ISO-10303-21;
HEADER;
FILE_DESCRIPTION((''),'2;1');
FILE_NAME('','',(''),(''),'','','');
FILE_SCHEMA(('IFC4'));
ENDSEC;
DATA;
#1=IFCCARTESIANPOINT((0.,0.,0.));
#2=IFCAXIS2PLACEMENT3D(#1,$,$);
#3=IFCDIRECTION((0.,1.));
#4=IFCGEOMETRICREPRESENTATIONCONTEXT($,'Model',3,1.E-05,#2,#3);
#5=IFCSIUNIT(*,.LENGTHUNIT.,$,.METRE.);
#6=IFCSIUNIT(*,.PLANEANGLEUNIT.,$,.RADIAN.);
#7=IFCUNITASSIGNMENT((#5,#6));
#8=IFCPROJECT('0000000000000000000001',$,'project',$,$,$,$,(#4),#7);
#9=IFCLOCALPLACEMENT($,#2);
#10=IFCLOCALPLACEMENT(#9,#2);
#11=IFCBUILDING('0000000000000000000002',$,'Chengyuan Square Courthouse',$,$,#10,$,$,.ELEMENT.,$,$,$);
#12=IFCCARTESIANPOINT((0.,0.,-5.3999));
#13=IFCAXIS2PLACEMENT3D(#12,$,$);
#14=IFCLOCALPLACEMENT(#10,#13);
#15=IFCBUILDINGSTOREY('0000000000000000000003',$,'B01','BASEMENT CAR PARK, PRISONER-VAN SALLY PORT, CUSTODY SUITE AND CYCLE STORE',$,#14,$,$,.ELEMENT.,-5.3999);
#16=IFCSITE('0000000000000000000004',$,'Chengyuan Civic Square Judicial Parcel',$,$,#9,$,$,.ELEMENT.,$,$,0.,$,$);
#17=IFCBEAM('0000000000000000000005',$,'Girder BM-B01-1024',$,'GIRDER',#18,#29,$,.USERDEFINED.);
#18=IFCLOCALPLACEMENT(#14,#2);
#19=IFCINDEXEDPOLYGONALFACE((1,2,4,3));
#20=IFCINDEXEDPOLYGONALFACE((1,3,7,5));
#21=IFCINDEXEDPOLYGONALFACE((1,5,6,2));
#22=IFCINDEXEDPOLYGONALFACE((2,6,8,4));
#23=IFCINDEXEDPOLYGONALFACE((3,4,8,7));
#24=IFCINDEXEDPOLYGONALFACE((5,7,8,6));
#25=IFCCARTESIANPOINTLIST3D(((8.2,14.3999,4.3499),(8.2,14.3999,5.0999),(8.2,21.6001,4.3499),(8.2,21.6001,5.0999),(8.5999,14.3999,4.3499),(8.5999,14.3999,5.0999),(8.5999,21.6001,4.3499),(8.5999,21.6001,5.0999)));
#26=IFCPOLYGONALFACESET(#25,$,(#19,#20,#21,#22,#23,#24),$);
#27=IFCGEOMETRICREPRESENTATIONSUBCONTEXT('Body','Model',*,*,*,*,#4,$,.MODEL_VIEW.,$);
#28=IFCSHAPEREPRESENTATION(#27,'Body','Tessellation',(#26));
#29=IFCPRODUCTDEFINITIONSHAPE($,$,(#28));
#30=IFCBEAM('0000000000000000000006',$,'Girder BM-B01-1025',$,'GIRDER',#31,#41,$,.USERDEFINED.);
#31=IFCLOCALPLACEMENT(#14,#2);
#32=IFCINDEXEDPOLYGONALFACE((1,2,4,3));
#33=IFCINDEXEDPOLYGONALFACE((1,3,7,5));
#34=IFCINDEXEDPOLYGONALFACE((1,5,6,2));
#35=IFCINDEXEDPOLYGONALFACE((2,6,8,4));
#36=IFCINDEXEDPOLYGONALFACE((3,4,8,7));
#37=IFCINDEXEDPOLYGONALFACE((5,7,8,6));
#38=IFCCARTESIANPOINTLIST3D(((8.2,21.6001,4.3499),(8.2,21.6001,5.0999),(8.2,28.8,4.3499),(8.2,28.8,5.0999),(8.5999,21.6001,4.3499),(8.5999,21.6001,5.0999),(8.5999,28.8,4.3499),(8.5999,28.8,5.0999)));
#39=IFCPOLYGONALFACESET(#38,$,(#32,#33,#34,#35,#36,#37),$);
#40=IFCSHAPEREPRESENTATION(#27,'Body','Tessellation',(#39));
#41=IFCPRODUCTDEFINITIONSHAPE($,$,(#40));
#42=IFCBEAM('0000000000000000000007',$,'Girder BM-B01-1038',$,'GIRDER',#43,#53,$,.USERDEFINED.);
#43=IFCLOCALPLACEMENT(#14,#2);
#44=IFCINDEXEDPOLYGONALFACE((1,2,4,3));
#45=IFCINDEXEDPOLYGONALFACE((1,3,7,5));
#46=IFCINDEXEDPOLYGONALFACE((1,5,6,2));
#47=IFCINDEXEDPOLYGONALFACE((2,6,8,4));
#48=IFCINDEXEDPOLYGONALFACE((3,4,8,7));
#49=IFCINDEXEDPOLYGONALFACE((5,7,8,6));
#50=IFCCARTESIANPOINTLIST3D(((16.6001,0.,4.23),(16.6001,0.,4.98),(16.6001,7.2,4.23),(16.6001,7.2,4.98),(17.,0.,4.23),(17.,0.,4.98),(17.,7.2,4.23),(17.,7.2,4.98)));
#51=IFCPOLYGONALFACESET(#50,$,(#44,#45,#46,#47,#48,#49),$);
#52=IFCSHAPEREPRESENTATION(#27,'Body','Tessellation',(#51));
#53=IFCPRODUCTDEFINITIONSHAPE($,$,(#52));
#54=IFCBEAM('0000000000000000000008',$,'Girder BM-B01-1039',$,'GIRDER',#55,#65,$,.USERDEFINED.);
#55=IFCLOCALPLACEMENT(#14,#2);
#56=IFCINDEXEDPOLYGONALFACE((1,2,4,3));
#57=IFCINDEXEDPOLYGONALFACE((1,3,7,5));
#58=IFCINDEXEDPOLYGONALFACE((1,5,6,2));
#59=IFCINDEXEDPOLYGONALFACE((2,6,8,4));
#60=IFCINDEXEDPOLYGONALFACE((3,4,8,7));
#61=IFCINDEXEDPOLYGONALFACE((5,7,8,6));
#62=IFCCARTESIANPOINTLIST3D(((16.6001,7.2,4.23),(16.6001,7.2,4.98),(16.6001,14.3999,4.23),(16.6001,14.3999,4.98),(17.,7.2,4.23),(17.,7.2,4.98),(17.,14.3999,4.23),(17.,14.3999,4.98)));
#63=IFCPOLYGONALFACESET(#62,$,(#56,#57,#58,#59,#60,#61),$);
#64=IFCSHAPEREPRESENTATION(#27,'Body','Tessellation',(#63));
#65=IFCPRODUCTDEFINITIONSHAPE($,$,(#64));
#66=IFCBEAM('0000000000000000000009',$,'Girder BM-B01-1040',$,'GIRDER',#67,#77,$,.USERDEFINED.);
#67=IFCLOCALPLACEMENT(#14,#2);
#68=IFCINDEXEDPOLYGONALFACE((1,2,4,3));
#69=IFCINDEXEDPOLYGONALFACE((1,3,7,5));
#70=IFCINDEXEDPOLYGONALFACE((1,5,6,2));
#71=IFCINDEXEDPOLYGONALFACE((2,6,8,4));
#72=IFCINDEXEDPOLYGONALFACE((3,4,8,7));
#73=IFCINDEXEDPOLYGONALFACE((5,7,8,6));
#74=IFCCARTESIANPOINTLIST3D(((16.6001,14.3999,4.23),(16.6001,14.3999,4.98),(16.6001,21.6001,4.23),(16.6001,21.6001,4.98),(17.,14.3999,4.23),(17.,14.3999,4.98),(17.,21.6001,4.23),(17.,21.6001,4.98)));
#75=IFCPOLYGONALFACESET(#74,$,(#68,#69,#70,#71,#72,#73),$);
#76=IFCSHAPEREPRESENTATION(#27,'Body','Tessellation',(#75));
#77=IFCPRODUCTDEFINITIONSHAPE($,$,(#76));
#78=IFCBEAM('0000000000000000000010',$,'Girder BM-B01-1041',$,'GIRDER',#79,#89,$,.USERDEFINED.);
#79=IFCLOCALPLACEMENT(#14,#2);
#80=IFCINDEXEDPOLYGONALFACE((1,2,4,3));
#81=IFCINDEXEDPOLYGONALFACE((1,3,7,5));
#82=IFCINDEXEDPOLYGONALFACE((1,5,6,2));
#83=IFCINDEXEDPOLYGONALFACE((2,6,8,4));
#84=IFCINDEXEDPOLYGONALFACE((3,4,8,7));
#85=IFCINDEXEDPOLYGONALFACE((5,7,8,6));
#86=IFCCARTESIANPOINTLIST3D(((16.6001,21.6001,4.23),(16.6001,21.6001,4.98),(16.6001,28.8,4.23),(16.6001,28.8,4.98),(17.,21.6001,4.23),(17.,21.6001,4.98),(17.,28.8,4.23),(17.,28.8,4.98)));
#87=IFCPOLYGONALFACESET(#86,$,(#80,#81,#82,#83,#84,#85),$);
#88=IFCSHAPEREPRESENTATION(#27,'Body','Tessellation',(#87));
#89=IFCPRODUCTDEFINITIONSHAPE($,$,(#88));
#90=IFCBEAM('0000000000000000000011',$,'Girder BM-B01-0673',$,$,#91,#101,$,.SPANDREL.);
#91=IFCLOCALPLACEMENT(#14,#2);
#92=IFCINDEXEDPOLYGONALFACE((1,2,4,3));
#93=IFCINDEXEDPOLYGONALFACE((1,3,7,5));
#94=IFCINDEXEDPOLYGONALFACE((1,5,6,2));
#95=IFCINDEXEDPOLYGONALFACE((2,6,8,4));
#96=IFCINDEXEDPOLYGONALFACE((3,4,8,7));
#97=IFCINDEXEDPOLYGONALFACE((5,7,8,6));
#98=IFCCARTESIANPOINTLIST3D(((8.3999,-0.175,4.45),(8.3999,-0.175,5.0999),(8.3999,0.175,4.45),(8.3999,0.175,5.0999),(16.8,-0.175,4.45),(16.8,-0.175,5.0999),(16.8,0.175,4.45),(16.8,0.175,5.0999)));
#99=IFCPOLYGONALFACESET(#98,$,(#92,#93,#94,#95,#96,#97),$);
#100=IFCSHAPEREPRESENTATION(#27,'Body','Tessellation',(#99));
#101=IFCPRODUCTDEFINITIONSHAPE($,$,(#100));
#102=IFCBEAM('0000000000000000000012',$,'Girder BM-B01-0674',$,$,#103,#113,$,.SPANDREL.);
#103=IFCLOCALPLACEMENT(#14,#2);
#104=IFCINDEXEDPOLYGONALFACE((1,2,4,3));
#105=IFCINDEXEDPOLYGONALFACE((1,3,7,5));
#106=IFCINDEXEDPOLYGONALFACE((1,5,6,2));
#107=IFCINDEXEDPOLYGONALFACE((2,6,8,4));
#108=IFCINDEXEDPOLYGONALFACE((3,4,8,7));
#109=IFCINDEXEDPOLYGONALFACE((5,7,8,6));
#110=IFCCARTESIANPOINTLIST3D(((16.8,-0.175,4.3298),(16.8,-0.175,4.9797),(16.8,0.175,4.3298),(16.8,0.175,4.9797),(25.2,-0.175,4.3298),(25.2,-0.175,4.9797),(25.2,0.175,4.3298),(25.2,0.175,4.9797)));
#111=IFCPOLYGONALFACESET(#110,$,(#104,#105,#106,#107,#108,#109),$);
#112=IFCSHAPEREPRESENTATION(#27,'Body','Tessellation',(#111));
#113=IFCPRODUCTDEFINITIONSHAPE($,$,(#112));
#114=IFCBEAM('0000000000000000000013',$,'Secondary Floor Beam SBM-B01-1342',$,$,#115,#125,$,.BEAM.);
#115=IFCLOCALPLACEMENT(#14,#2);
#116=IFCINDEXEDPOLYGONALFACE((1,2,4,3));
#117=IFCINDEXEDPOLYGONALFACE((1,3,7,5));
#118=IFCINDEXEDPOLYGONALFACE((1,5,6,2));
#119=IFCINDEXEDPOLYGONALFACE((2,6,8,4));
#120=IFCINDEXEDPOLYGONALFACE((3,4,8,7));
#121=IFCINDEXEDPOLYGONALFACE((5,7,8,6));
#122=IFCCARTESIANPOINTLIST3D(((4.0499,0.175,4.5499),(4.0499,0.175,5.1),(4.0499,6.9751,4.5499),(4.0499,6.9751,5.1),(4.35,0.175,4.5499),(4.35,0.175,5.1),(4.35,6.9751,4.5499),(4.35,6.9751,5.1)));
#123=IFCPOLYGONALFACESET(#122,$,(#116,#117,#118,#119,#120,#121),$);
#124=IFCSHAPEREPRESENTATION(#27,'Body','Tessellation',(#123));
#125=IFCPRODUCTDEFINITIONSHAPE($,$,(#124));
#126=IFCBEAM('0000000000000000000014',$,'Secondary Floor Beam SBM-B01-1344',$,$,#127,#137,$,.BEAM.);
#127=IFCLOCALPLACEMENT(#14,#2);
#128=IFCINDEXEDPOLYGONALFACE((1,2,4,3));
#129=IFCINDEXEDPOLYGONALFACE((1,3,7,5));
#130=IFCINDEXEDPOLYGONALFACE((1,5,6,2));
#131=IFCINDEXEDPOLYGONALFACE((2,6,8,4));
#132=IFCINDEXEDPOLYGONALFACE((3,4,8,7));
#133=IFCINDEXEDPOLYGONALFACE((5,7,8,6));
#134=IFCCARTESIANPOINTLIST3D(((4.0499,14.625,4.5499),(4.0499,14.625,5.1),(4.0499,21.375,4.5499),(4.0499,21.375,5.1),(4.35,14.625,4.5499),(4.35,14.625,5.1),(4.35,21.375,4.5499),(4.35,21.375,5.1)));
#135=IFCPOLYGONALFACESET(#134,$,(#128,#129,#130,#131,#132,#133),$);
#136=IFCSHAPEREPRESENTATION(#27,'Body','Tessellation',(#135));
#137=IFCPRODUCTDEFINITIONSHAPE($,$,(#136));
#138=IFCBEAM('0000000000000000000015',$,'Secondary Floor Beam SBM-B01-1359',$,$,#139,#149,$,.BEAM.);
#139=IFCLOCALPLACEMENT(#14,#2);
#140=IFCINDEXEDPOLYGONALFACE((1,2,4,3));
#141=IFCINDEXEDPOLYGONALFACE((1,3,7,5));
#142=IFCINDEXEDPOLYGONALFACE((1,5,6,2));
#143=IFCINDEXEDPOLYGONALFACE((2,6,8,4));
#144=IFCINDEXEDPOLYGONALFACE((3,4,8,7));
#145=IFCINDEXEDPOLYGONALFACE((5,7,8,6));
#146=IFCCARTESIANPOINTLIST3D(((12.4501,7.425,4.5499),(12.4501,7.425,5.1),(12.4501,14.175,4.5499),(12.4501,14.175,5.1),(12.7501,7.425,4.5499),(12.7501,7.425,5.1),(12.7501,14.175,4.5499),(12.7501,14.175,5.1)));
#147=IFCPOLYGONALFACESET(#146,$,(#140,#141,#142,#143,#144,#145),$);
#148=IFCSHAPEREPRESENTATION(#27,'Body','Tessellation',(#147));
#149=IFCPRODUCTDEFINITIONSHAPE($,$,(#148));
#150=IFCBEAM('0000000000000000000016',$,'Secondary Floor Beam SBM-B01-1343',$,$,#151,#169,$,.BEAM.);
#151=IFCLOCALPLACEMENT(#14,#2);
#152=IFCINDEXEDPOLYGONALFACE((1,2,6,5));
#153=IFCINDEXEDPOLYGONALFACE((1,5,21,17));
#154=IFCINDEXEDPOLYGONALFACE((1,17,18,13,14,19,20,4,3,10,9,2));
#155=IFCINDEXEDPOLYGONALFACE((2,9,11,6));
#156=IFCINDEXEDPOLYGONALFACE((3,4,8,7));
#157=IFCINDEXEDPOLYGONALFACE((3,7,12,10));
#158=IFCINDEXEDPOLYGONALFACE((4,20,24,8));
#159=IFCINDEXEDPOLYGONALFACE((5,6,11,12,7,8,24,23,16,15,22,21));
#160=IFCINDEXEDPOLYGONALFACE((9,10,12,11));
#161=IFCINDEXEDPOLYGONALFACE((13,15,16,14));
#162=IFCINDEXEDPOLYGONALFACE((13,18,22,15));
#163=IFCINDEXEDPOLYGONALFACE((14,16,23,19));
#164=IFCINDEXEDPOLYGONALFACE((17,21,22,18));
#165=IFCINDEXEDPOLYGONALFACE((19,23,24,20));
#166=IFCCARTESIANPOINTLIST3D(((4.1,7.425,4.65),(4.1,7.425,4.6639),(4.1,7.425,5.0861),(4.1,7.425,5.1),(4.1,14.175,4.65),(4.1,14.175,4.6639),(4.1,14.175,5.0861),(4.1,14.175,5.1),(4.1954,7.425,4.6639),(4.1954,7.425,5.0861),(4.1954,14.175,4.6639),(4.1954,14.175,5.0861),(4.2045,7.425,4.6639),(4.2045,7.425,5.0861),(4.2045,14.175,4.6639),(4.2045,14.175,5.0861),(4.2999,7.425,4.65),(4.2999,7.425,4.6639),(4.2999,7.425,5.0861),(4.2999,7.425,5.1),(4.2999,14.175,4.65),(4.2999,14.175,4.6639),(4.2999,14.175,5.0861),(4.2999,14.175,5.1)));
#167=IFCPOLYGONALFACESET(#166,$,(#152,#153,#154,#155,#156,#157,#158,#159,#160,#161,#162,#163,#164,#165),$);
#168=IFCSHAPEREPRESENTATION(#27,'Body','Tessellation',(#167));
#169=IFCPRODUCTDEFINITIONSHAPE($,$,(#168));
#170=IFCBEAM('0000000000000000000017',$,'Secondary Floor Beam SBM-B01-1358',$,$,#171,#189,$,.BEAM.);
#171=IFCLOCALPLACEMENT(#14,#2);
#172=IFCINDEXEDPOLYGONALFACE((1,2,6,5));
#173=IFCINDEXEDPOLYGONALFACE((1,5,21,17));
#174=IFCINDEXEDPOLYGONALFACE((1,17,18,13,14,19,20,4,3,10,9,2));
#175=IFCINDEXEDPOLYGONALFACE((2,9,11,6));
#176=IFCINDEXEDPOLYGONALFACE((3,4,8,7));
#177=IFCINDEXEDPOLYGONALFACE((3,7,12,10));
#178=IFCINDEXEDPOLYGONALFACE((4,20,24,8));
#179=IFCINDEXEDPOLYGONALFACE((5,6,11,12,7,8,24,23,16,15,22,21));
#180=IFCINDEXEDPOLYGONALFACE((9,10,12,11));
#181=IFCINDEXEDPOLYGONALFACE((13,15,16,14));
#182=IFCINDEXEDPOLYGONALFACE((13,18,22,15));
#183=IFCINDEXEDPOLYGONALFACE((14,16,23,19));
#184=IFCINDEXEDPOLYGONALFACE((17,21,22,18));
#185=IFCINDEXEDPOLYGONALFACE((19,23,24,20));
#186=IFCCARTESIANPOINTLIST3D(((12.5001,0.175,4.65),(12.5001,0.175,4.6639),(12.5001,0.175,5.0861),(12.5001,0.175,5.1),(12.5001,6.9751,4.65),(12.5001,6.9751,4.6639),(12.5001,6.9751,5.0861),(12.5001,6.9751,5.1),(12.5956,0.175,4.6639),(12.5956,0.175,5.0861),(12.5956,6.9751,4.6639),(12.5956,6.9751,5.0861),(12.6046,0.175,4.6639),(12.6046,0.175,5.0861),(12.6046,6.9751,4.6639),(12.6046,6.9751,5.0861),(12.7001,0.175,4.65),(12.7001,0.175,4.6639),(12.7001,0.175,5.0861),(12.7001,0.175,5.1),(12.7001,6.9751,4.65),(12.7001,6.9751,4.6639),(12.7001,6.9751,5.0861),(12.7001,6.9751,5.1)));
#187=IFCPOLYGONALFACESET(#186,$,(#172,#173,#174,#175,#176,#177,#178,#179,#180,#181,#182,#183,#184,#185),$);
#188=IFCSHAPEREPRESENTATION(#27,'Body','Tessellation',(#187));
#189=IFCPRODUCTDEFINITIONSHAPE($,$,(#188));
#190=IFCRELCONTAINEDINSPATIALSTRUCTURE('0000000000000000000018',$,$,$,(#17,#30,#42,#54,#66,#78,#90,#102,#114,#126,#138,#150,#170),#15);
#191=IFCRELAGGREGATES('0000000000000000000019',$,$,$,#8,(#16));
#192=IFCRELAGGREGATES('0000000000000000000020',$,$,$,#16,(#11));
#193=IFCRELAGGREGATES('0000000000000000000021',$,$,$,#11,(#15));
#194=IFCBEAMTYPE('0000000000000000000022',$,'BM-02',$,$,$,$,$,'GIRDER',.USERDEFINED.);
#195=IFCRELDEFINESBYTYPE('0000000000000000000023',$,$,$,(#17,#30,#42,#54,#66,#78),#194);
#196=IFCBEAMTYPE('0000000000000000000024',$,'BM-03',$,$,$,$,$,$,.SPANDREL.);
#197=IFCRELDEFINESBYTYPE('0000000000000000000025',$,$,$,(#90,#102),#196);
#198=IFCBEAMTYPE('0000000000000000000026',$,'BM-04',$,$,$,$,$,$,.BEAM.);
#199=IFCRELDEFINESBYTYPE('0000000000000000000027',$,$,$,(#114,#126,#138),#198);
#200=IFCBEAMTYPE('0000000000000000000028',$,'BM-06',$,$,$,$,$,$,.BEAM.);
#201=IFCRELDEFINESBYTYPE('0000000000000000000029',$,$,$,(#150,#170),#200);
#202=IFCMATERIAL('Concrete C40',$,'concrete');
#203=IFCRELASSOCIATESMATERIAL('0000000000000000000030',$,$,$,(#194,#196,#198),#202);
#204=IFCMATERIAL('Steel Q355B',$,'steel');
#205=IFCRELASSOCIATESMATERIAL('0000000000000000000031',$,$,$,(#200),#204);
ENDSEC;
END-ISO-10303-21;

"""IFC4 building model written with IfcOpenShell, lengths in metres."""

from ifc_helpers import new_model, si_unit, direction, frame, origin, origin_2d, place, context, subcontext, project, spatial, rectangle, i_section, extrude, material, material_profile, profile_set, type_object, element, save


model = new_model("IFC4")

# Units and contexts
model_context = context("Model", 3, precision=1e-05, world=origin(), true_north=direction((0.0, 1.0)))
body_context = subcontext(model_context, "Body", "Model", "MODEL_VIEW")
ifc_project = project(units=[si_unit("LENGTHUNIT", "METRE"), si_unit("PLANEANGLEUNIT", "RADIAN")], contexts=[model_context])

# Site, building, storey
site_placement = place(None, origin())
site = spatial("IfcSite", under=ifc_project, at=site_placement, Name="Chengyuan Civic Square Judicial Parcel", CompositionType="ELEMENT", RefElevation=0.0)
building_placement = place(site_placement, origin())
building = spatial("IfcBuilding", under=site, at=building_placement, Name="Chengyuan Square Courthouse", CompositionType="ELEMENT")
storey_placement = place(building_placement, frame((0.0, 0.0, -5.3999)))
storey = spatial("IfcBuildingStorey", under=building, at=storey_placement, Name="B01", Description="BASEMENT CAR PARK, PRISONER-VAN SALLY PORT, CUSTODY SUITE AND CYCLE STORE", CompositionType="ELEMENT", Elevation=-5.3999)

# Beams
ifc_material_1 = material(Name="Concrete C40", Category="concrete")
ifc_material_profile_1 = material_profile(ifc_material_1, rectangle(XDim=0.3999, YDim=0.75, at=origin_2d()), Name="RC-BM-400x750")
ifc_profile_set_1 = profile_set([ifc_material_profile_1], Name="Concrete C40")
beam_type_1 = type_object("IfcBeamType", Name="BM-02", ElementType="GIRDER", PredefinedType="USERDEFINED", material=ifc_profile_set_1)
beam_1_placement = place(storey_placement, frame((8.3999, 14.3999, 4.7249), z_axis=(0.0, 1.0, 0.0), x_axis=(-1.0, 0.0, 0.0)))
element("IfcBeam", 1, at=beam_1_placement, inside=storey, type_object=beam_type_1, Name="Girder BM-B01-1024", ObjectType="GIRDER", PredefinedType="USERDEFINED", context=body_context, shape_type="SweptSolid", body=[
    extrude(rectangle(XDim=0.3999, YDim=0.75, at=origin_2d()), origin(), (0.0, 0.0, 1.0), 7.2002),
])
for number, where, z_axis, x_axis, name in (
    (2, (8.3999, 21.6001, 4.7249), (0.0, 1.0, 0.0), (-1.0, 0.0, 0.0), "Girder BM-B01-1025"),
    (3, (16.8, 0.0, 4.605), (0.0, 1.0, 0.0), (-1.0, 0.0, 0.0), "Girder BM-B01-1038"),
    (4, (16.8, 7.2, 4.605), (0.0, 1.0, 0.0), (-1.0, 0.0, 0.0), "Girder BM-B01-1039"),
):
    element("IfcBeam", number, at=place(storey_placement, frame(where, z_axis=z_axis, x_axis=x_axis)), inside=storey, type_object=beam_type_1, Name=name, ObjectType="GIRDER", PredefinedType="USERDEFINED", context=body_context, shape_type="SweptSolid", body=[
        extrude(rectangle(XDim=0.3999, YDim=0.75, at=origin_2d()), origin(), (0.0, 0.0, 1.0), 7.2),
    ])
beam_2_placement = place(storey_placement, frame((16.8, 14.3999, 4.605), z_axis=(0.0, 1.0, 0.0), x_axis=(-1.0, 0.0, 0.0)))
element("IfcBeam", 5, at=beam_2_placement, inside=storey, type_object=beam_type_1, Name="Girder BM-B01-1040", ObjectType="GIRDER", PredefinedType="USERDEFINED", context=body_context, shape_type="SweptSolid", body=[
    extrude(rectangle(XDim=0.3999, YDim=0.75, at=origin_2d()), origin(), (0.0, 0.0, 1.0), 7.2002),
])
beam_3_placement = place(storey_placement, frame((16.8, 21.6001, 4.605), z_axis=(0.0, 1.0, 0.0), x_axis=(-1.0, 0.0, 0.0)))
element("IfcBeam", 6, at=beam_3_placement, inside=storey, type_object=beam_type_1, Name="Girder BM-B01-1041", ObjectType="GIRDER", PredefinedType="USERDEFINED", context=body_context, shape_type="SweptSolid", body=[
    extrude(rectangle(XDim=0.3999, YDim=0.75, at=origin_2d()), origin(), (0.0, 0.0, 1.0), 7.2),
])
ifc_material_profile_2 = material_profile(ifc_material_1, rectangle(XDim=0.3501, YDim=0.6499, at=origin_2d()), Name="RC-BM-350x650")
ifc_profile_set_2 = profile_set([ifc_material_profile_2], Name="Concrete C40")
beam_type_2 = type_object("IfcBeamType", Name="BM-03", PredefinedType="SPANDREL", material=ifc_profile_set_2)
beam_4_placement = place(storey_placement, frame((8.3999, 0.0, 4.7749), z_axis=(1.0, 0.0, 0.0), x_axis=(0.0, 1.0, 0.0)))
element("IfcBeam", 7, at=beam_4_placement, inside=storey, type_object=beam_type_2, Name="Girder BM-B01-0673", PredefinedType="SPANDREL", context=body_context, shape_type="SweptSolid", body=[
    extrude(rectangle(XDim=0.3501, YDim=0.6499, at=origin_2d()), origin(), (0.0, 0.0, 1.0), 8.4001),
])
beam_5_placement = place(storey_placement, frame((16.8, 0.0, 4.6548), z_axis=(1.0, 0.0, 0.0), x_axis=(0.0, 1.0, 0.0)))
element("IfcBeam", 8, at=beam_5_placement, inside=storey, type_object=beam_type_2, Name="Girder BM-B01-0674", PredefinedType="SPANDREL", context=body_context, shape_type="SweptSolid", body=[
    extrude(rectangle(XDim=0.3501, YDim=0.6499, at=origin_2d()), origin(), (0.0, 0.0, 1.0), 8.3999),
])
ifc_material_profile_3 = material_profile(ifc_material_1, rectangle(XDim=0.3, YDim=0.55, at=origin_2d()), Name="RC-BM-300x550")
ifc_profile_set_3 = profile_set([ifc_material_profile_3], Name="Concrete C40")
beam_type_3 = type_object("IfcBeamType", Name="BM-04", PredefinedType="BEAM", material=ifc_profile_set_3)
beam_6_placement = place(storey_placement, frame((4.2, 0.175, 4.825), z_axis=(0.0, 1.0, 0.0), x_axis=(-1.0, 0.0, 0.0)))
element("IfcBeam", 9, at=beam_6_placement, inside=storey, type_object=beam_type_3, Name="Secondary Floor Beam SBM-B01-1342", PredefinedType="BEAM", context=body_context, shape_type="SweptSolid", body=[
    extrude(rectangle(XDim=0.3, YDim=0.55, at=origin_2d()), origin(), (0.0, 0.0, 1.0), 6.8),
])
for number, where, z_axis, x_axis, name in (
    (10, (4.2, 14.625, 4.825), (0.0, 1.0, 0.0), (-1.0, 0.0, 0.0), "Secondary Floor Beam SBM-B01-1344"),
    (11, (12.6001, 7.425, 4.825), (0.0, 1.0, 0.0), (-1.0, 0.0, 0.0), "Secondary Floor Beam SBM-B01-1359"),
):
    element("IfcBeam", number, at=place(storey_placement, frame(where, z_axis=z_axis, x_axis=x_axis)), inside=storey, type_object=beam_type_3, Name=name, PredefinedType="BEAM", context=body_context, shape_type="SweptSolid", body=[
        extrude(rectangle(XDim=0.3, YDim=0.55, at=origin_2d()), origin(), (0.0, 0.0, 1.0), 6.75),
    ])
ifc_material_2 = material(Name="Steel Q355B", Category="steel")
ifc_material_profile_4 = material_profile(ifc_material_2, i_section(OverallWidth=0.2, OverallDepth=0.45, WebThickness=0.009, FlangeThickness=0.0139, at=origin_2d()), Name="HN 450x200x9x14")
ifc_profile_set_4 = profile_set([ifc_material_profile_4], Name="Steel Q355B")
beam_type_4 = type_object("IfcBeamType", Name="BM-06", PredefinedType="BEAM", material=ifc_profile_set_4)
beam_7_placement = place(storey_placement, frame((4.2, 7.425, 4.875), z_axis=(0.0, 1.0, 0.0), x_axis=(-1.0, 0.0, 0.0)))
element("IfcBeam", 12, at=beam_7_placement, inside=storey, type_object=beam_type_4, Name="Secondary Floor Beam SBM-B01-1343", PredefinedType="BEAM", context=body_context, shape_type="SweptSolid", body=[
    extrude(i_section(OverallWidth=0.2, OverallDepth=0.45, WebThickness=0.009, FlangeThickness=0.0139, at=origin_2d()), origin(), (0.0, 0.0, 1.0), 6.75),
])
beam_8_placement = place(storey_placement, frame((12.6001, 0.175, 4.875), z_axis=(0.0, 1.0, 0.0), x_axis=(-1.0, 0.0, 0.0)))
element("IfcBeam", 13, at=beam_8_placement, inside=storey, type_object=beam_type_4, Name="Secondary Floor Beam SBM-B01-1358", PredefinedType="BEAM", context=body_context, shape_type="SweptSolid", body=[
    extrude(i_section(OverallWidth=0.2, OverallDepth=0.45, WebThickness=0.009, FlangeThickness=0.0139, at=origin_2d()), origin(), (0.0, 0.0, 1.0), 6.8),
])

save(model, "model.ifc")
